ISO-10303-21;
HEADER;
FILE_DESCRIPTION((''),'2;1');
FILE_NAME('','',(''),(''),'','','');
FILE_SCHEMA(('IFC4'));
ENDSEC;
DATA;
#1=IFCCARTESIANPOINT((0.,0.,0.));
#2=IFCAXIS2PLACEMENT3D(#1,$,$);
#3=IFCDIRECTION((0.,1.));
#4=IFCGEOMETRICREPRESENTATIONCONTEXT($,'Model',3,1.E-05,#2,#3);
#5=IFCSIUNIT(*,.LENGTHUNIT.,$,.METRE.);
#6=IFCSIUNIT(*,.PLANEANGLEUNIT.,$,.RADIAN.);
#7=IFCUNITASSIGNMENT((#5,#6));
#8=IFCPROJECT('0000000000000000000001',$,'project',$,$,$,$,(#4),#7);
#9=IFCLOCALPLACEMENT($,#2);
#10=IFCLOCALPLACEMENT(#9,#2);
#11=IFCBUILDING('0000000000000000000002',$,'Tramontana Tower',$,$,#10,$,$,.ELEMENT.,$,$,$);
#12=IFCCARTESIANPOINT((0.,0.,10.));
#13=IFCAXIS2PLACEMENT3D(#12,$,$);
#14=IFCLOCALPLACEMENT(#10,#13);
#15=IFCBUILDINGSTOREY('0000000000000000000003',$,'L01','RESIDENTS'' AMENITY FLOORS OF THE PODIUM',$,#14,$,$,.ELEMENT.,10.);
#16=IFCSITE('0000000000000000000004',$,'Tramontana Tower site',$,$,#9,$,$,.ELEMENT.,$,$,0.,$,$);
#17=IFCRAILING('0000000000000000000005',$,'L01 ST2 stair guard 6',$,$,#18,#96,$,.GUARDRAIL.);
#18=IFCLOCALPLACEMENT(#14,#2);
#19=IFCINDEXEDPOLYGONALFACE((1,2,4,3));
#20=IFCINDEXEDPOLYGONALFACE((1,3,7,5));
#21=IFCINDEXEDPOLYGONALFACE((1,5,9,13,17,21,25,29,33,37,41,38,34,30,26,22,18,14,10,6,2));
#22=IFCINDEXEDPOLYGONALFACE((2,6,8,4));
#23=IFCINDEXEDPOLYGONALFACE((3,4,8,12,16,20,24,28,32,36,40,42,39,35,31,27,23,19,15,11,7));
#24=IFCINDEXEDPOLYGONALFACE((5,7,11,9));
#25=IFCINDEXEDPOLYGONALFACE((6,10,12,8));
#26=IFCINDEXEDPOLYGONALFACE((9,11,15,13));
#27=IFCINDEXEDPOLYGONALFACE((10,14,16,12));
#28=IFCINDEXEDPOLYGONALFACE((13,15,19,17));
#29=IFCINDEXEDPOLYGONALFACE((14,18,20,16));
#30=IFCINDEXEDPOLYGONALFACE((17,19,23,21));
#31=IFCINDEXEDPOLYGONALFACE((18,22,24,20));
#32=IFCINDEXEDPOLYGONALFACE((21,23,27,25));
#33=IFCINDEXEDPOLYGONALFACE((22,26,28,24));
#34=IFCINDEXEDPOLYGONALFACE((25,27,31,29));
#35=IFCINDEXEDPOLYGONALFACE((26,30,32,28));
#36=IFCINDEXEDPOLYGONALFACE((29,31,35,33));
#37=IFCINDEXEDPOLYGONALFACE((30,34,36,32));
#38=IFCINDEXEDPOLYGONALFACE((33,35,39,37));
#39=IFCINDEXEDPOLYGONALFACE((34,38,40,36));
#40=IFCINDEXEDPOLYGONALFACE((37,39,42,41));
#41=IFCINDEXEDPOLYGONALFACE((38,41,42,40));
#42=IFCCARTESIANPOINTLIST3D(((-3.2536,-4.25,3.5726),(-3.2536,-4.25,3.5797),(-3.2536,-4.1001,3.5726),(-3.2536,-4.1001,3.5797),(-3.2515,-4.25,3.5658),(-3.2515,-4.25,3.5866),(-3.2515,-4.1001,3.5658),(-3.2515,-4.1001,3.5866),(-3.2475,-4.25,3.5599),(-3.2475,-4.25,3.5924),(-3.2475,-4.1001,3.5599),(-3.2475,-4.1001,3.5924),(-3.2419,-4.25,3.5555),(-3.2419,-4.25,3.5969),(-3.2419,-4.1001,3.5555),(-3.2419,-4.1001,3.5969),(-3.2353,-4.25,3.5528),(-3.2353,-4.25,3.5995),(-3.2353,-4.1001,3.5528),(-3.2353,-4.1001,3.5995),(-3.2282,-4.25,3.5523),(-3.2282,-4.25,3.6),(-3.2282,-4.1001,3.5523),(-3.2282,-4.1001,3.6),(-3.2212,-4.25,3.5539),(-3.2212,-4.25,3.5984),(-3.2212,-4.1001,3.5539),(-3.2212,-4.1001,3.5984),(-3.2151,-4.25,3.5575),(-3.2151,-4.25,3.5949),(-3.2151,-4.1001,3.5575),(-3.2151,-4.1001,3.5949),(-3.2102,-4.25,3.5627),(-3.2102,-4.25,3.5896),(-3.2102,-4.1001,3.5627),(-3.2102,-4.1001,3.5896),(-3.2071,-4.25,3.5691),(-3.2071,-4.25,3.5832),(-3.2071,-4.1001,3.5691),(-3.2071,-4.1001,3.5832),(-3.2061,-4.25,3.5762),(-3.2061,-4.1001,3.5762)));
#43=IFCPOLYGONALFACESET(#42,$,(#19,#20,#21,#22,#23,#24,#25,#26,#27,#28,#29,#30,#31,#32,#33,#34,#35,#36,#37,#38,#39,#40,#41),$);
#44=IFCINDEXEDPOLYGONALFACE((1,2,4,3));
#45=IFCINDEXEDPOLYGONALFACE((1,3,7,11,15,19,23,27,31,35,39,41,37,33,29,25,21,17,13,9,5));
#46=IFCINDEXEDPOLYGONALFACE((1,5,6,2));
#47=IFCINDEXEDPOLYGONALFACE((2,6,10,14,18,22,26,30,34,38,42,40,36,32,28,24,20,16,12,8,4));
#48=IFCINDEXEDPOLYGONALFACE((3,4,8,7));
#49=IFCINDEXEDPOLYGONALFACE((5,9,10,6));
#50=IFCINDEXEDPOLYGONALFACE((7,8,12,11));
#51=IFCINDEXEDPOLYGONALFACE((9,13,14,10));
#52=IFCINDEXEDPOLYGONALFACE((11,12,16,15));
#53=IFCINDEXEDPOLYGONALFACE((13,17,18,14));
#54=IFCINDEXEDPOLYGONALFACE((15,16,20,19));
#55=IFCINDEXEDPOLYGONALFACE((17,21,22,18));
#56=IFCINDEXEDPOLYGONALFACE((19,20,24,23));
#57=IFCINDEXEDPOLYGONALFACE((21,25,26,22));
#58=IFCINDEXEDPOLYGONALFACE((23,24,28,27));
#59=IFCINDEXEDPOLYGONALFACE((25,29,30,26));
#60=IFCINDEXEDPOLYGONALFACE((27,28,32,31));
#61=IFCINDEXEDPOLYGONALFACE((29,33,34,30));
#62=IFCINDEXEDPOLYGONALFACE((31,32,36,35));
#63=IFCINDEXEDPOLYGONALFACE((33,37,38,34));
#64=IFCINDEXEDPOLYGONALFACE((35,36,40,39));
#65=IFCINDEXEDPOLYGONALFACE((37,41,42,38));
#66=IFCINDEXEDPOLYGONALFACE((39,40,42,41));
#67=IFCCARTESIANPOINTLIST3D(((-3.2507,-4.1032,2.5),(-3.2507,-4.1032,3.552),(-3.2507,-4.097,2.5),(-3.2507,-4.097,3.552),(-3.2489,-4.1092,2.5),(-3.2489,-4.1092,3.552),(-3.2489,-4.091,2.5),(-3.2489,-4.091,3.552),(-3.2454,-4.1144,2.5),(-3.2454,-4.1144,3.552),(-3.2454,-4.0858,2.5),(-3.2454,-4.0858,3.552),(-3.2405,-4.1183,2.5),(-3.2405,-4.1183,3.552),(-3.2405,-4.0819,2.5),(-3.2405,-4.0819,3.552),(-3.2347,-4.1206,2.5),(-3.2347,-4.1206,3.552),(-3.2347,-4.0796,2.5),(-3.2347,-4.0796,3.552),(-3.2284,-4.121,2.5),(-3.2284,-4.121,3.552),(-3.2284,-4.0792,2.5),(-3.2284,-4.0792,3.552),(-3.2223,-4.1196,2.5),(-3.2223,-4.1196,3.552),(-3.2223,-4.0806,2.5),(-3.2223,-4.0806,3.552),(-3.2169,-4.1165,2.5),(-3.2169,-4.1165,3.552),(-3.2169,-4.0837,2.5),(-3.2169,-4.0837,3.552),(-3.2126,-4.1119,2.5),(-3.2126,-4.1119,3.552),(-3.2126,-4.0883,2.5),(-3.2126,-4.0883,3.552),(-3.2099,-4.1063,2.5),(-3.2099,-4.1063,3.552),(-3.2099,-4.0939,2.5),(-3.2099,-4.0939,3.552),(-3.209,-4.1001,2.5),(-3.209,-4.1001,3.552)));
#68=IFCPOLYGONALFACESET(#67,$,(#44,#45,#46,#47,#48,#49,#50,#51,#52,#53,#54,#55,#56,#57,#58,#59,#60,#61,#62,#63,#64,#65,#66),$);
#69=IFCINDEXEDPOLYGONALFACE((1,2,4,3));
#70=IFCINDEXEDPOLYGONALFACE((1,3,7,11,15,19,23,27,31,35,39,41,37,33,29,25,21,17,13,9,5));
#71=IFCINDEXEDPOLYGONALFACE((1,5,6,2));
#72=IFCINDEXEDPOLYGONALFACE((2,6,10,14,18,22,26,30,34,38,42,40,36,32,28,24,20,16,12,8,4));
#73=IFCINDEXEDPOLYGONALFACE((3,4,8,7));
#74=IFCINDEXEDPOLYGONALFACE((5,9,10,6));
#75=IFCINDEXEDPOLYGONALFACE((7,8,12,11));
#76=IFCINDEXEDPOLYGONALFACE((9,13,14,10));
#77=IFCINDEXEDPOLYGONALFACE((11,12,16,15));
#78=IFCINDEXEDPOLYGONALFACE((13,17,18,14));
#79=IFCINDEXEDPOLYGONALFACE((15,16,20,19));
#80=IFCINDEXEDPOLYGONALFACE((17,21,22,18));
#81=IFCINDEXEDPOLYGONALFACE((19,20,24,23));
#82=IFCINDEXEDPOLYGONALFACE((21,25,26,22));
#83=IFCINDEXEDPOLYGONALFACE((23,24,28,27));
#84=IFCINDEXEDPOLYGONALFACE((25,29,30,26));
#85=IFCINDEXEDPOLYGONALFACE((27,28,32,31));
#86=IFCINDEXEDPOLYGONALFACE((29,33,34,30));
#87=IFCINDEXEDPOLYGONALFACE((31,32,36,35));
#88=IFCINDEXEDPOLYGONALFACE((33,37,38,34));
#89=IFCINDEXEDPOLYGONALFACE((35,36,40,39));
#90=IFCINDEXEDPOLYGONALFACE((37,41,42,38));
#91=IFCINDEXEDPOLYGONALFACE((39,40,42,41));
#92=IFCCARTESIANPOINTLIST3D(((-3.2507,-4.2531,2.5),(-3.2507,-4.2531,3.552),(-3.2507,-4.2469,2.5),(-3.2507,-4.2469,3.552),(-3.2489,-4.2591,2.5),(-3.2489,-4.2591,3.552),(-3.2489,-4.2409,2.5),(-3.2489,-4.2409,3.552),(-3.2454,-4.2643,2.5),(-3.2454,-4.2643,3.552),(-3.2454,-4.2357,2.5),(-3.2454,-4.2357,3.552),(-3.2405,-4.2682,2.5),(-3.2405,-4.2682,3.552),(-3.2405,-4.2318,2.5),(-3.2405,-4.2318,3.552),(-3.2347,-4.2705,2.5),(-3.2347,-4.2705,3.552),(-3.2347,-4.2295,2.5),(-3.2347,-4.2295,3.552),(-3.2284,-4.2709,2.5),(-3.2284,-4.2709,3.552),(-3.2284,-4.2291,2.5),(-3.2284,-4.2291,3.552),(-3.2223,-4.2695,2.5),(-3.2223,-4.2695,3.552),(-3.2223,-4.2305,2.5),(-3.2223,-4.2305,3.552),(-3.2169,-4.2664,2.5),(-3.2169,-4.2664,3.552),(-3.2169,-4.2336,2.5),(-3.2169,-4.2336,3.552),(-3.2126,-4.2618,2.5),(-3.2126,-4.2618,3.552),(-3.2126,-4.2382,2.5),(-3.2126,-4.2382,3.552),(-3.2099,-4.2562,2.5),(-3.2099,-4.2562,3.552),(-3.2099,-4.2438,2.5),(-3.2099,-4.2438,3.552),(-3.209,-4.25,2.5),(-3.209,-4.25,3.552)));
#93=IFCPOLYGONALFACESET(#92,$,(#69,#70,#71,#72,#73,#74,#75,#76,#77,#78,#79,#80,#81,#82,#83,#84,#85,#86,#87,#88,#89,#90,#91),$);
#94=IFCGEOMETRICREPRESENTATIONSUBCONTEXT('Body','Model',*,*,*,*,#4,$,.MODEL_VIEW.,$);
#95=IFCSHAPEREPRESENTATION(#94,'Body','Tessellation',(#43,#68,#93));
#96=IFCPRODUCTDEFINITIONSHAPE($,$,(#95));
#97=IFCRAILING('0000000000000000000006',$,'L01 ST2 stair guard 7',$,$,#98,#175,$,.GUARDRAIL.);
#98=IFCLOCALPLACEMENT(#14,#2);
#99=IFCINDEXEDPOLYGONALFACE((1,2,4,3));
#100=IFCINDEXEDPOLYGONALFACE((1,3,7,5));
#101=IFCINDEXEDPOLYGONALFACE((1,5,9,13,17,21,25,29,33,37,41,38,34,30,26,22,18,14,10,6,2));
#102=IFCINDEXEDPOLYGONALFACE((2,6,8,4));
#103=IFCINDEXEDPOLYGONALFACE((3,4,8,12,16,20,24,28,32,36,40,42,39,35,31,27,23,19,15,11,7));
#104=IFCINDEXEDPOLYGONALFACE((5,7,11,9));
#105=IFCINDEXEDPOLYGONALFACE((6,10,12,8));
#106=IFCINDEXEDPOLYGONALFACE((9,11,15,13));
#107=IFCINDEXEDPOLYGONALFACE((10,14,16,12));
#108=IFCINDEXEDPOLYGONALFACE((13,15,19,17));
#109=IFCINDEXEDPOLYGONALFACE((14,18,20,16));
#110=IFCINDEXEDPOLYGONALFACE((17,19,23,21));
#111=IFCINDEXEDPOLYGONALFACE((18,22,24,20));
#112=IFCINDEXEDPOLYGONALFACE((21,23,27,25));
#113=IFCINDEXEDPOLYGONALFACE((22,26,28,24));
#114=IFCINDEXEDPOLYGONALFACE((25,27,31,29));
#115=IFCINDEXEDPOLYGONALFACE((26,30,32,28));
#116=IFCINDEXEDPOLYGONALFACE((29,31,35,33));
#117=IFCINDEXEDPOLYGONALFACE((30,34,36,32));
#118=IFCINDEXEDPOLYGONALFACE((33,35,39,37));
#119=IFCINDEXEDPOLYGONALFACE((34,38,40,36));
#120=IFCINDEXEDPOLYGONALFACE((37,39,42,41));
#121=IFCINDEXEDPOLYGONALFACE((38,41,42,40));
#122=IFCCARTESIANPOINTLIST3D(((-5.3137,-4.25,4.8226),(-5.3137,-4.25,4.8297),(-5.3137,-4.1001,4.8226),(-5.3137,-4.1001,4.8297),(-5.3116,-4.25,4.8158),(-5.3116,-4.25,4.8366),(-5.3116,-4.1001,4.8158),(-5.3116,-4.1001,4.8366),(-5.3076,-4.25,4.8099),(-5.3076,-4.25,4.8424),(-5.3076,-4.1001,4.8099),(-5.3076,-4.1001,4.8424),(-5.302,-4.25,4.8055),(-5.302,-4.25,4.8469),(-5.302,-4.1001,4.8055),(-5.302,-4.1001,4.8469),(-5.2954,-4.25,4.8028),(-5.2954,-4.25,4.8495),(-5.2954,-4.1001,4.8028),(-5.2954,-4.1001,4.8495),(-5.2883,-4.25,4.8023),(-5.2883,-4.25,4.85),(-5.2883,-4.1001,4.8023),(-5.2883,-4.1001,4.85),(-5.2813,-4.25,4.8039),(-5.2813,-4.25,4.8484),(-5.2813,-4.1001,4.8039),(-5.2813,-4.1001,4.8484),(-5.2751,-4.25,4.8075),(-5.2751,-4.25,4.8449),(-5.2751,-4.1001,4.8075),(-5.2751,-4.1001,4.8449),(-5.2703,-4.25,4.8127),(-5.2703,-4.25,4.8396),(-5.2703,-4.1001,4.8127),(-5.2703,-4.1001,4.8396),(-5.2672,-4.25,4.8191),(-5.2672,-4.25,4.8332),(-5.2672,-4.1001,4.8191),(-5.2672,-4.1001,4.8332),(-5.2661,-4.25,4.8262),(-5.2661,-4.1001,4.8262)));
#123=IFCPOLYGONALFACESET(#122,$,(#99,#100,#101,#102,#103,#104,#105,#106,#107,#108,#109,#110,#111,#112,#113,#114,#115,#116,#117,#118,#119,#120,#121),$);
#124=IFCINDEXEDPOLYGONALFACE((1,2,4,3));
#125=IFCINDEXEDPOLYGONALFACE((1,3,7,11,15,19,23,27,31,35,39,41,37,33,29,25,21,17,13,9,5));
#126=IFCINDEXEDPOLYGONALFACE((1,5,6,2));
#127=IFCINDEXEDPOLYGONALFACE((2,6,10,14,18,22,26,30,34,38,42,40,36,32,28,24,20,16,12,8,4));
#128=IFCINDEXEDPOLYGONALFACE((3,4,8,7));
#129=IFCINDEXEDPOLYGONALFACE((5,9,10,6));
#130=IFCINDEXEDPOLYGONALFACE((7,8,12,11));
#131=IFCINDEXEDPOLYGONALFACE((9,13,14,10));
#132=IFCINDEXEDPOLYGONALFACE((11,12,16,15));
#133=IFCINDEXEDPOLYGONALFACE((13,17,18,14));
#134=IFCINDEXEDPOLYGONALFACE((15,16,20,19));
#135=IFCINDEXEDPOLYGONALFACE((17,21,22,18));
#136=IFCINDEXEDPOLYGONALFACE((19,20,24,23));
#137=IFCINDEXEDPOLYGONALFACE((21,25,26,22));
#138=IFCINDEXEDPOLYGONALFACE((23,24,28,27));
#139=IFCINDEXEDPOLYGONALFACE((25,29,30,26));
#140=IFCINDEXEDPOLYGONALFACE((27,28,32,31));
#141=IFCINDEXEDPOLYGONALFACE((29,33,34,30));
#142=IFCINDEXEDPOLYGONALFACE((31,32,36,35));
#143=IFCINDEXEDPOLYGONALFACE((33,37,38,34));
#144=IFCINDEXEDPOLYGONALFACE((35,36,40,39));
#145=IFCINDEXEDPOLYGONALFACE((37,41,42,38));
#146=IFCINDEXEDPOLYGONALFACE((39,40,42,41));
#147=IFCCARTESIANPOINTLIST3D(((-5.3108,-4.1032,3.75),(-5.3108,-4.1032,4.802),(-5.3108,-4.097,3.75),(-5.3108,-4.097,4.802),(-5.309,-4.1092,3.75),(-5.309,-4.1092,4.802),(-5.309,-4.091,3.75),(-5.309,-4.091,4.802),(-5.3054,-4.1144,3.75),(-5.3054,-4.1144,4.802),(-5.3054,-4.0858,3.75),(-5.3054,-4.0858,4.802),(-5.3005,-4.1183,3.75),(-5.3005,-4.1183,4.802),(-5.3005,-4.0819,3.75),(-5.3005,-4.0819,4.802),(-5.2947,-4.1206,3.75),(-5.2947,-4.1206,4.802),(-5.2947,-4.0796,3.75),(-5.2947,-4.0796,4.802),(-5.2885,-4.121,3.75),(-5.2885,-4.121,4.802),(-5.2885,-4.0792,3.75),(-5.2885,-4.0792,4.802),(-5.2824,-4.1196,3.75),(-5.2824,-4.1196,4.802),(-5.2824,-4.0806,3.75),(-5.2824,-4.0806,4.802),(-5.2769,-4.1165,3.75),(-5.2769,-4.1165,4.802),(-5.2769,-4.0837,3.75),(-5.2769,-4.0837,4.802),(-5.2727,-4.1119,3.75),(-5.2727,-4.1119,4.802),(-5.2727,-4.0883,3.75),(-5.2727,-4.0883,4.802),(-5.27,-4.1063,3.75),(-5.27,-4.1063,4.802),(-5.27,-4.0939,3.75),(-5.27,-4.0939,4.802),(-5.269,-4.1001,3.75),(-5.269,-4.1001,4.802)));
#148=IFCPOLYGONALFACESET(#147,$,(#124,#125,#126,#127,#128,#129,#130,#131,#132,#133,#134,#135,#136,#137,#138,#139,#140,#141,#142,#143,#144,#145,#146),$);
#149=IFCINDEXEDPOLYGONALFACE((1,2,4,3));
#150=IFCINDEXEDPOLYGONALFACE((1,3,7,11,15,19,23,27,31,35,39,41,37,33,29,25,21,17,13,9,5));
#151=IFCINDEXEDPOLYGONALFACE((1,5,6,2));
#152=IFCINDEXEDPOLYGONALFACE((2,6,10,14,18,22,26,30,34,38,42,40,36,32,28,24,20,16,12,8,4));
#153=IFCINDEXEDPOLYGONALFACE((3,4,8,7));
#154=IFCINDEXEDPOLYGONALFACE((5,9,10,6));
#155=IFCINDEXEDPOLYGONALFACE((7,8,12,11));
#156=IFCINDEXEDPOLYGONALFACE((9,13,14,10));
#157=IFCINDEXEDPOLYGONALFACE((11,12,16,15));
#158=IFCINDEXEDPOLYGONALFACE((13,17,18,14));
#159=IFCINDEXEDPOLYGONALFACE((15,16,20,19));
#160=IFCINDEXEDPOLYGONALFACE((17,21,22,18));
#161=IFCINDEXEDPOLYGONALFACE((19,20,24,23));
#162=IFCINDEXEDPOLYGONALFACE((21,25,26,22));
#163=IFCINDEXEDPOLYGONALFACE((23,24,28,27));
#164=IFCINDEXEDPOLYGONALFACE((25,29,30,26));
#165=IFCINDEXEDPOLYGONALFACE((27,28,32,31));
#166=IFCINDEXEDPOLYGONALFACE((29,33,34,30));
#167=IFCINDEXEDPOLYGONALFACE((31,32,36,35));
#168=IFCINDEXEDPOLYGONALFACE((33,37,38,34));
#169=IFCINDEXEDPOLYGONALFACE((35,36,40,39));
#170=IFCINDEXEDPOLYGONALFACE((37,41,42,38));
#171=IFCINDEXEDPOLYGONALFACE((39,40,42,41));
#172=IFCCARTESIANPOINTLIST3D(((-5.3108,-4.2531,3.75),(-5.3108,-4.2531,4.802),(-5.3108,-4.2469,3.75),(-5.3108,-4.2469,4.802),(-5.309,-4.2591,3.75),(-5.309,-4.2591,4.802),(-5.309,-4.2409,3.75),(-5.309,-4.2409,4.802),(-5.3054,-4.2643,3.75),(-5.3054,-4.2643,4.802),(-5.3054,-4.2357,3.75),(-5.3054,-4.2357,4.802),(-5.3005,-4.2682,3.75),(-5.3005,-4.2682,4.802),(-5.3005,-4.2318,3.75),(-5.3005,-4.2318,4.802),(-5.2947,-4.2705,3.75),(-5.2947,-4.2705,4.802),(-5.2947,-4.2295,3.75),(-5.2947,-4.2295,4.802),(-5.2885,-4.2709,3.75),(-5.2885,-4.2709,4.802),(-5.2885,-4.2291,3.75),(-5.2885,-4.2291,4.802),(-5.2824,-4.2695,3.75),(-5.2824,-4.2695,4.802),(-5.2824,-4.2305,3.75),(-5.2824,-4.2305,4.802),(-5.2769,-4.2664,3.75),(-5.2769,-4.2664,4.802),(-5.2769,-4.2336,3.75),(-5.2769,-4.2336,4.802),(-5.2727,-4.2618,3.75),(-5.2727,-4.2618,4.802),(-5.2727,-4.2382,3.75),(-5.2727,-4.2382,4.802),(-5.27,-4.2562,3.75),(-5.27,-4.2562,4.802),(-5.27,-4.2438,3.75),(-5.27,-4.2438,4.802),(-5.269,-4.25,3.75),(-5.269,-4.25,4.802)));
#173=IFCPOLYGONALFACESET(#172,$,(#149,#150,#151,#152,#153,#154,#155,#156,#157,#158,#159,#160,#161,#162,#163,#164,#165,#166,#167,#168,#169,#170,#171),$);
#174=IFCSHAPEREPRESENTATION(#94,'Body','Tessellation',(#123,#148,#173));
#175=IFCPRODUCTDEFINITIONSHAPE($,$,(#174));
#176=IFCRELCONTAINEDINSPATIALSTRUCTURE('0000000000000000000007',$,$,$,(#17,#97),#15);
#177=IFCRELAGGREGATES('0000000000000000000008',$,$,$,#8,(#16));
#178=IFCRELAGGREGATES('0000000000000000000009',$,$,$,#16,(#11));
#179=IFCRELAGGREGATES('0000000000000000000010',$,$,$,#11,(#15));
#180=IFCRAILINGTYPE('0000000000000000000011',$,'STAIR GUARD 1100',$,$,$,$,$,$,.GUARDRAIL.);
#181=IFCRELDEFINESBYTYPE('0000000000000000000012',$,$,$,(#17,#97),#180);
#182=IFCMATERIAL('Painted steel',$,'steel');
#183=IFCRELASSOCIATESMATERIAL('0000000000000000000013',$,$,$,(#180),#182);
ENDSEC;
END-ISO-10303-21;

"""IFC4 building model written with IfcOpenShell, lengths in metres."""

from ifc_helpers import new_model, si_unit, direction, frame, origin, origin_2d, place, context, subcontext, project, spatial, circle, extrude, material, type_object, element, save


model = new_model("IFC4")

# Units and contexts
model_context = context("Model", 3, precision=1e-05, world=origin(), true_north=direction((0.0, 1.0)))
body_context = subcontext(model_context, "Body", "Model", "MODEL_VIEW")
ifc_project = project(units=[si_unit("LENGTHUNIT", "METRE"), si_unit("PLANEANGLEUNIT", "RADIAN")], contexts=[model_context])

# Site, building, storey
site_placement = place(None, origin())
site = spatial("IfcSite", under=ifc_project, at=site_placement, Name="Tramontana Tower site", CompositionType="ELEMENT", RefElevation=0.0)
building_placement = place(site_placement, origin())
building = spatial("IfcBuilding", under=site, at=building_placement, Name="Tramontana Tower", CompositionType="ELEMENT")
storey_placement = place(building_placement, frame((0.0, 0.0, 10.0)))
storey = spatial("IfcBuildingStorey", under=building, at=storey_placement, Name="L01", Description="RESIDENTS' AMENITY FLOORS OF THE PODIUM", CompositionType="ELEMENT", Elevation=10.0)

# Railings
ifc_material_1 = material(Name="Painted steel", Category="steel")
railing_type_1 = type_object("IfcRailingType", Name="STAIR GUARD 1100", PredefinedType="GUARDRAIL", material=ifc_material_1)
for number, where, name in (
    (1, (-3.23, -4.1001, 2.5), "L01 ST2 stair guard 6"),
    (2, (-5.29, -4.1001, 3.75), "L01 ST2 stair guard 7"),
):
    element("IfcRailing", number, at=place(storey_placement, frame(where)), inside=storey, type_object=railing_type_1, Name=name, PredefinedType="GUARDRAIL", context=body_context, shape_type="SweptSolid", body=[
        extrude(circle(Radius=0.0239, at=origin_2d()), frame((0.0, 0.0, 1.0762), z_axis=(0.0, -1.0, 0.0), x_axis=(1.0, 0.0, 0.0)), (0.0, 0.0, 1.0), 0.1499),
        extrude(circle(Radius=0.021, at=origin_2d()), origin(), (0.0, 0.0, 1.0), 1.052),
        extrude(circle(Radius=0.021, at=origin_2d()), frame((0.0, -0.1499, 0.0)), (0.0, 0.0, 1.0), 1.052),
    ])

save(model, "model.ifc")
